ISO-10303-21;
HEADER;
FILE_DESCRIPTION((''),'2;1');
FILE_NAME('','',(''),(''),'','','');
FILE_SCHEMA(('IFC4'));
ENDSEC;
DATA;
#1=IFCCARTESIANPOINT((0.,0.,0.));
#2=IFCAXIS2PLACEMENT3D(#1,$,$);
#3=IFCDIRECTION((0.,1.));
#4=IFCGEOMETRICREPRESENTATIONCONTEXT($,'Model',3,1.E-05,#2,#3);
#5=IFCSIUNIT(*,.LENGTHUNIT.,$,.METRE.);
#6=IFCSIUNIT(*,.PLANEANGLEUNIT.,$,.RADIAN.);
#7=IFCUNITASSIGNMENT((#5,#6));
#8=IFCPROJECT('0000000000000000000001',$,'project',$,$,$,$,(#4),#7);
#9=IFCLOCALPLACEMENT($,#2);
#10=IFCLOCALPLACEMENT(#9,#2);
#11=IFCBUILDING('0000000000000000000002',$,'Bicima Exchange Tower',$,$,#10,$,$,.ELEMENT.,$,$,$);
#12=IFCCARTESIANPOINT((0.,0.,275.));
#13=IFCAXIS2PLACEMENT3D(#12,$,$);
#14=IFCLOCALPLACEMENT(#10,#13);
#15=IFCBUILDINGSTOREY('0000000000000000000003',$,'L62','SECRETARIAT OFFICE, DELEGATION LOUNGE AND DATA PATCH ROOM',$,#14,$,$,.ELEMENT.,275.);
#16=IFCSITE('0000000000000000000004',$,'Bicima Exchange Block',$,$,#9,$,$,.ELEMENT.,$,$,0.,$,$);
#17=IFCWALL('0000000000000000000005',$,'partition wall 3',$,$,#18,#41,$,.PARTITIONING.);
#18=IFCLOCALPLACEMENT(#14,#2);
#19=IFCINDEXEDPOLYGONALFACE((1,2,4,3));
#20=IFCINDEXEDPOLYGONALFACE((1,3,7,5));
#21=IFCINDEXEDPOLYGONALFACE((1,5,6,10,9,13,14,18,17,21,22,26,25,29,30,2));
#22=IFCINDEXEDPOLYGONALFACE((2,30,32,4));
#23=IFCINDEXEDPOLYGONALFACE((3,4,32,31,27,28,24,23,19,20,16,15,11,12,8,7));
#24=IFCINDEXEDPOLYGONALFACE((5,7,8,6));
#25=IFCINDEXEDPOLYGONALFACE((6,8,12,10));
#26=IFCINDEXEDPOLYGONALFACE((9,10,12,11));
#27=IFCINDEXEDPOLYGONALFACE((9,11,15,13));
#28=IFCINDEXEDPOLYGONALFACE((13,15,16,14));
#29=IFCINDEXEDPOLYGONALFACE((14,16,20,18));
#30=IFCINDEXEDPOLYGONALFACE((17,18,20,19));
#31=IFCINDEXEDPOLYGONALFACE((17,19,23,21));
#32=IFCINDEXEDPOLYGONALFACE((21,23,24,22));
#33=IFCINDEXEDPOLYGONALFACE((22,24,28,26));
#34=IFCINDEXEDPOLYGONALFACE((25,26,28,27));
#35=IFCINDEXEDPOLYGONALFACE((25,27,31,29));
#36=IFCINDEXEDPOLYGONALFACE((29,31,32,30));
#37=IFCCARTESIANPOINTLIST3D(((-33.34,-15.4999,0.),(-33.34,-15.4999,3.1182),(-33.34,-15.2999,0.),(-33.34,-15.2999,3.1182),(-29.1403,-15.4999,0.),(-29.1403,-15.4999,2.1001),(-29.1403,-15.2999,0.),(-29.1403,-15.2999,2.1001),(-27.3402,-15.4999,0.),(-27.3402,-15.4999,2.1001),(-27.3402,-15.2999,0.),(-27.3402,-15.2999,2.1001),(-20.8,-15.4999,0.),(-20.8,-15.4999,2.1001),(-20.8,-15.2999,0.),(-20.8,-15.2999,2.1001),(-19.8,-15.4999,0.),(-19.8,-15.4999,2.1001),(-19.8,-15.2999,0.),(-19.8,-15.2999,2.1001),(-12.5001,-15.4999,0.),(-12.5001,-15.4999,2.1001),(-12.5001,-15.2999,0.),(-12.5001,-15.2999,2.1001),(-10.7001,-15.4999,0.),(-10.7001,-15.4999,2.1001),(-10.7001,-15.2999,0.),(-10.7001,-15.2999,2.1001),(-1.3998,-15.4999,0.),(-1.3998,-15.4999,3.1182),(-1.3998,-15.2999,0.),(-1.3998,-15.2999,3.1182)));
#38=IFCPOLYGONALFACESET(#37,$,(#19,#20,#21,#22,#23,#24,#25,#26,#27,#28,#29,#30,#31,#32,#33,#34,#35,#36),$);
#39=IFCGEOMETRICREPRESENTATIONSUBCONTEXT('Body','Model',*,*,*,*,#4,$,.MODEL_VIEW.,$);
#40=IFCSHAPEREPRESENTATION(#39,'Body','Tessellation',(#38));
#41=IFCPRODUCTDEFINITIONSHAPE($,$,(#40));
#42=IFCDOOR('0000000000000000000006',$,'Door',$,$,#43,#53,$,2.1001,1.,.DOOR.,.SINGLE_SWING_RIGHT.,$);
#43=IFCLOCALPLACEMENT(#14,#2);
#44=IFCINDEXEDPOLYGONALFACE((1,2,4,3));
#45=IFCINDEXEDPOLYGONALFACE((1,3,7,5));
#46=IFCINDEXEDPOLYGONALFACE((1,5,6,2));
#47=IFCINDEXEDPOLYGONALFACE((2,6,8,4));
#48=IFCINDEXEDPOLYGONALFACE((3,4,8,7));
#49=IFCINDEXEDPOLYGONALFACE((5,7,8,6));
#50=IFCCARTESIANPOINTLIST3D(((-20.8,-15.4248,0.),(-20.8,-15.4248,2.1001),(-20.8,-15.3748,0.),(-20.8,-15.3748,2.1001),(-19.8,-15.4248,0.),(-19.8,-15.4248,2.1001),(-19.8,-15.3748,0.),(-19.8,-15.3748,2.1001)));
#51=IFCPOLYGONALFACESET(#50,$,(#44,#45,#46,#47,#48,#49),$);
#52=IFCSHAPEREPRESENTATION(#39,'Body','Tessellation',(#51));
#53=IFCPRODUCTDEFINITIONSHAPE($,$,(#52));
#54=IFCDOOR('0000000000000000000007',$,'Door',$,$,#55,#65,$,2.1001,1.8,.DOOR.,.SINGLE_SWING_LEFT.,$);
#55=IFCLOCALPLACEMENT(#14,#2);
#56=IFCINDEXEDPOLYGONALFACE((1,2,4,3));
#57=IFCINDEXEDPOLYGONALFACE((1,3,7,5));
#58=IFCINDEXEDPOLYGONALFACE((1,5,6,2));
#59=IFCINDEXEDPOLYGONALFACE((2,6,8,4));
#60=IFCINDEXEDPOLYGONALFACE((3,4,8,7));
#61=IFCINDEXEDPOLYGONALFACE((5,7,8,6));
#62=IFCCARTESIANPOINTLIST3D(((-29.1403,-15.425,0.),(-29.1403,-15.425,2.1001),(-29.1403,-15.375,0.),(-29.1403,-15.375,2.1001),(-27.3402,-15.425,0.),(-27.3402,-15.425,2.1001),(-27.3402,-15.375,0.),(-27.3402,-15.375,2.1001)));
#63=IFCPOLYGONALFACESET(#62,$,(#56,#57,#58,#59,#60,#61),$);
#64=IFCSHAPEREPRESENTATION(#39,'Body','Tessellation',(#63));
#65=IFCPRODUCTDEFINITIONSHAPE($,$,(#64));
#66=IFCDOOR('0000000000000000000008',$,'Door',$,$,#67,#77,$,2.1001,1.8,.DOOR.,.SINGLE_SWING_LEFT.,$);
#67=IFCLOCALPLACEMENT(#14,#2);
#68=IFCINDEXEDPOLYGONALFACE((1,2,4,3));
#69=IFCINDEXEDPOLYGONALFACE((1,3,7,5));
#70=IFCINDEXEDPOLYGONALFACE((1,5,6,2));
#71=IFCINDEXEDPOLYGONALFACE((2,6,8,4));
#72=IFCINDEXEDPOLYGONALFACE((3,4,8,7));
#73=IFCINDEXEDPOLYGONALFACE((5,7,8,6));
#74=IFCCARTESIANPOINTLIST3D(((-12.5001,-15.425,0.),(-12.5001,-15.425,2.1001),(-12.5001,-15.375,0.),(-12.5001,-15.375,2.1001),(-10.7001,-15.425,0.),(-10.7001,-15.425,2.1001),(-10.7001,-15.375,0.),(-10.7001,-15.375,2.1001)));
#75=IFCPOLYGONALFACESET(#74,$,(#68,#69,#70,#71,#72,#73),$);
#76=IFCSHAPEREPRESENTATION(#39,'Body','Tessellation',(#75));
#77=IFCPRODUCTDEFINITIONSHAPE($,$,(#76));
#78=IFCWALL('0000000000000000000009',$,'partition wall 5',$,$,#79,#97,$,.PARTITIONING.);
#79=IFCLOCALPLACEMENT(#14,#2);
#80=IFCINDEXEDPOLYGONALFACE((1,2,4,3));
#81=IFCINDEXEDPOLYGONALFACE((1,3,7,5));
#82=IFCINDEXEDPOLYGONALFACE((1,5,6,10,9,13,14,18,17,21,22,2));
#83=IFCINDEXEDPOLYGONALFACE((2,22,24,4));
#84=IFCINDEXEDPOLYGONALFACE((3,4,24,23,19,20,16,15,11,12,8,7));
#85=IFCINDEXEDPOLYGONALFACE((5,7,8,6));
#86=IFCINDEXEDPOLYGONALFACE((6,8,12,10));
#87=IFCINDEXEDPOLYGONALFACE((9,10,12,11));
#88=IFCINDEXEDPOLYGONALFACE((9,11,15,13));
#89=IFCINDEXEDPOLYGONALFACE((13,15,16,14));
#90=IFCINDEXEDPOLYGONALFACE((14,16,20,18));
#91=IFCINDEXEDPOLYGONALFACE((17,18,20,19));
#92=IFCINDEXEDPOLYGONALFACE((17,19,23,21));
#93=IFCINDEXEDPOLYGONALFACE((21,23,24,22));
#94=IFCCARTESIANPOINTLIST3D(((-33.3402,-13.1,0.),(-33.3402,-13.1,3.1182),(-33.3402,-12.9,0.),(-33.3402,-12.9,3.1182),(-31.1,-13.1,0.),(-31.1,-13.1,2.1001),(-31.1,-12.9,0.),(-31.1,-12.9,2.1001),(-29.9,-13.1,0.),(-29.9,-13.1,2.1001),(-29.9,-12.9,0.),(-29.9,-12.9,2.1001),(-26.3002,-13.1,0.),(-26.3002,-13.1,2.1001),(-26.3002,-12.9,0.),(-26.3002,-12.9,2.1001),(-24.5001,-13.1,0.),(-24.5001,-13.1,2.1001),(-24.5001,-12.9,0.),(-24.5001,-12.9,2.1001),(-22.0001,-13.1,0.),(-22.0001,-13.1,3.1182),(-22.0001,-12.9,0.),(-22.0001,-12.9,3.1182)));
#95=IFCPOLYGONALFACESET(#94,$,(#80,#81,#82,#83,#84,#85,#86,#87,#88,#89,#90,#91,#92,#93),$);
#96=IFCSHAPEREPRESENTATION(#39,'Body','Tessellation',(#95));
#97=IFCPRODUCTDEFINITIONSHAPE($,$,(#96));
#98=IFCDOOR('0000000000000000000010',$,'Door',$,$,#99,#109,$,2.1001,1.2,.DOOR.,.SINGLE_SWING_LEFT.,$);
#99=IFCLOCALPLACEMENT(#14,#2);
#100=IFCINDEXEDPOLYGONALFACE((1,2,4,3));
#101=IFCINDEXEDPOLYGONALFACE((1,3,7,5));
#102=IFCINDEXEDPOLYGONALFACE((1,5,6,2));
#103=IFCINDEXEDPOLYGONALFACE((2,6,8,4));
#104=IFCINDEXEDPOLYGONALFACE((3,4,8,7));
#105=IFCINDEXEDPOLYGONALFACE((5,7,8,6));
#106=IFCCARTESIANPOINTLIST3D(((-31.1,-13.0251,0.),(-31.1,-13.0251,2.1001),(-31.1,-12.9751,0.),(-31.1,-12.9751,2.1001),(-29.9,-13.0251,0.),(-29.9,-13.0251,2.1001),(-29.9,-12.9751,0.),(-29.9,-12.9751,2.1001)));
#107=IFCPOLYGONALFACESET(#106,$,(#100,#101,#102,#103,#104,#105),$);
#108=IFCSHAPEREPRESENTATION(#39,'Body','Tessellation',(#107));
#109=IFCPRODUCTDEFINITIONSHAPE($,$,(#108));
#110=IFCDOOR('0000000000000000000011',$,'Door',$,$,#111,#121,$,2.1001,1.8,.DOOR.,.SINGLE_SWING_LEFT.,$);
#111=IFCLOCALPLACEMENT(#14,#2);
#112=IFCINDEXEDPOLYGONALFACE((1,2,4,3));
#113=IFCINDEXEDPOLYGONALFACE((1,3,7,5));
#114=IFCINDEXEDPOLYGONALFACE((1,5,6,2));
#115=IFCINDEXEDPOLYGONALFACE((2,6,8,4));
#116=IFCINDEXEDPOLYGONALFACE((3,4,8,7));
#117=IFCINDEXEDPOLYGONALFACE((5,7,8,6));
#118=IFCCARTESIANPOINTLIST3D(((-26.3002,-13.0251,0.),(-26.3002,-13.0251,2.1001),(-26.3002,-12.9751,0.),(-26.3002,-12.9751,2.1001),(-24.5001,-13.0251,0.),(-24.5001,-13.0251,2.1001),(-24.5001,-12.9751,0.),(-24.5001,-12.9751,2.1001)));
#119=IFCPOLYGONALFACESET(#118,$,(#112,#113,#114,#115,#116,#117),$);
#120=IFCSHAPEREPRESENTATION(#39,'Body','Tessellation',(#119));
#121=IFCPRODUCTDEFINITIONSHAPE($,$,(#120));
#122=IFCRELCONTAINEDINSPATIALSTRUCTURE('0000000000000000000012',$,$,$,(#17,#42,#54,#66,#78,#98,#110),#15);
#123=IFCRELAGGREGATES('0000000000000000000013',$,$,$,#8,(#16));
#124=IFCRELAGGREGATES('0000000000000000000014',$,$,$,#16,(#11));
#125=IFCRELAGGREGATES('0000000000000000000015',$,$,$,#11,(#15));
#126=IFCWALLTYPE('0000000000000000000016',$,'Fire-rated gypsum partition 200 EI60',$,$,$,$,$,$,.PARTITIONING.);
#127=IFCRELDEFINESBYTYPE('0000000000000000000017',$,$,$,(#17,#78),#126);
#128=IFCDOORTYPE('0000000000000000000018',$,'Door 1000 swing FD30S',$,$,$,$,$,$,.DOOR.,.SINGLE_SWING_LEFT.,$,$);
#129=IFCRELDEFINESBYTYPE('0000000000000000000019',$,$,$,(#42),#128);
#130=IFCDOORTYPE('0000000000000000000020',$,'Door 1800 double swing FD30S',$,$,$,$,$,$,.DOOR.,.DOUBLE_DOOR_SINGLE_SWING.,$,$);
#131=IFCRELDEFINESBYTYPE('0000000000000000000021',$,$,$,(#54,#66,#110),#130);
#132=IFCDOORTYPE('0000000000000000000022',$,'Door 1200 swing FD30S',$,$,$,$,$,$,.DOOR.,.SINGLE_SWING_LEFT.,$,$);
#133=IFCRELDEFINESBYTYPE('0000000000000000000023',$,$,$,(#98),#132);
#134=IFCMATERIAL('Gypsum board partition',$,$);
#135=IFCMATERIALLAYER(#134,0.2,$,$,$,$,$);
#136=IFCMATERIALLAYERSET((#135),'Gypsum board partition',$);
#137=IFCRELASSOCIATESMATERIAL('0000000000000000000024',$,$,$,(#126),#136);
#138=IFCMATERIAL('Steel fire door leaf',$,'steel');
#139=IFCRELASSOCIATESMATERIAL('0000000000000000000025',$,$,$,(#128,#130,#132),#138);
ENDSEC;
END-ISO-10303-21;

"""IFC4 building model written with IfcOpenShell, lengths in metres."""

from ifc_helpers import new_model, si_unit, direction, frame, frame_2d, origin, place, context, subcontext, project, spatial, rectangle, extrude, material, layer, layer_set, type_object, element, fill, save


model = new_model("IFC4")

# Units and contexts
model_context = context("Model", 3, precision=1e-05, world=origin(), true_north=direction((0.0, 1.0)))
body_context = subcontext(model_context, "Body", "Model", "MODEL_VIEW")
ifc_project = project(units=[si_unit("LENGTHUNIT", "METRE"), si_unit("PLANEANGLEUNIT", "RADIAN")], contexts=[model_context])

# Site, building, storey
site_placement = place(None, origin())
site = spatial("IfcSite", under=ifc_project, at=site_placement, Name="Bicima Exchange Block", CompositionType="ELEMENT", RefElevation=0.0)
building_placement = place(site_placement, origin())
building = spatial("IfcBuilding", under=site, at=building_placement, Name="Bicima Exchange Tower", CompositionType="ELEMENT")
storey_placement = place(building_placement, frame((0.0, 0.0, 275.0)))
storey = spatial("IfcBuildingStorey", under=building, at=storey_placement, Name="L62", Description="SECRETARIAT OFFICE, DELEGATION LOUNGE AND DATA PATCH ROOM", CompositionType="ELEMENT", Elevation=275.0)

# Walls, openings, doors
ifc_material_1 = material(Name="Gypsum board partition")
ifc_layer_1 = layer(ifc_material_1, 0.2)
ifc_layer_set_1 = layer_set([ifc_layer_1], Name="Gypsum board partition")
wall_type = type_object("IfcWallType", Name="Fire-rated gypsum partition 200 EI60", PredefinedType="PARTITIONING", material=ifc_layer_set_1)
wall_1_placement = place(storey_placement, frame((-33.3401, -15.3999, 0.0), z_axis=(0.0, 0.0, 1.0), x_axis=(1.0, 0.0, 0.0)))
wall_1 = element("IfcWall", 1, at=wall_1_placement, inside=storey, type_object=wall_type, Name="partition wall 3", PredefinedType="PARTITIONING", context=body_context, shape_type="SweptSolid", body=[
    extrude(rectangle(XDim=31.9402, YDim=0.2, at=frame_2d((15.9702, 0.0))), origin(), (0.0, 0.0, 1.0), 3.1182),
])
opening_1_placement = place(wall_1_placement, frame((4.2, 0.0, 0.0)))
opening_1 = element("IfcOpeningElement", 2, at=opening_1_placement, cuts=wall_1, PredefinedType="OPENING", context=body_context, shape_type="SweptSolid", body=[
    extrude(rectangle(XDim=1.8, YDim=2.1001, at=frame_2d((0.8999, 1.05))), frame((0.0, 0.1118, 0.0), z_axis=(0.0, -1.0, 0.0), x_axis=(1.0, 0.0, 0.0)), (0.0, 0.0, 1.0), 0.2239),
])
opening_2_placement = place(wall_1_placement, frame((12.54, 0.0, 0.0)))
opening_2 = element("IfcOpeningElement", 3, at=opening_2_placement, cuts=wall_1, PredefinedType="OPENING", context=body_context, shape_type="SweptSolid", body=[
    extrude(rectangle(XDim=1.0, YDim=2.1001, at=frame_2d((0.5, 1.05))), frame((0.0, 0.1118, 0.0), z_axis=(0.0, -1.0, 0.0), x_axis=(1.0, 0.0, 0.0)), (0.0, 0.0, 1.0), 0.2239),
])
opening_3_placement = place(wall_1_placement, frame((20.8401, 0.0, 0.0)))
opening_3 = element("IfcOpeningElement", 4, at=opening_3_placement, cuts=wall_1, PredefinedType="OPENING", context=body_context, shape_type="SweptSolid", body=[
    extrude(rectangle(XDim=1.8, YDim=2.1001, at=frame_2d((0.8999, 1.05))), frame((0.0, 0.1118, 0.0), z_axis=(0.0, -1.0, 0.0), x_axis=(1.0, 0.0, 0.0)), (0.0, 0.0, 1.0), 0.2239),
])
ifc_material_2 = material(Name="Steel fire door leaf", Category="steel")
door_type_1 = type_object("IfcDoorType", Name="Door 1000 swing FD30S", OperationType="SINGLE_SWING_LEFT", PredefinedType="DOOR", material=ifc_material_2)
door_1_placement = place(opening_2_placement, frame((1.0, 0.0, 0.0), z_axis=(0.0, 0.0, 1.0), x_axis=(-1.0, 0.0, 0.0)))
door_1 = element("IfcDoor", 5, at=door_1_placement, inside=storey, type_object=door_type_1, Name="Door", OperationType="SINGLE_SWING_RIGHT", OverallHeight=2.1001, OverallWidth=1.0, PredefinedType="DOOR", context=body_context, shape_type="SweptSolid", body=[
    extrude(rectangle(XDim=1.0, YDim=2.1001, at=frame_2d((0.5, 1.05))), frame((0.0, 0.0249, 0.0), z_axis=(0.0, -1.0, 0.0), x_axis=(1.0, 0.0, 0.0)), (0.0, 0.0, 1.0), 0.05),
])
fill(opening_2, door_1)
door_type_2 = type_object("IfcDoorType", Name="Door 1800 double swing FD30S", OperationType="DOUBLE_DOOR_SINGLE_SWING", PredefinedType="DOOR", material=ifc_material_2)
door_2_placement = place(opening_1_placement, origin())
door_2 = element("IfcDoor", 6, at=door_2_placement, inside=storey, type_object=door_type_2, Name="Door", OperationType="SINGLE_SWING_LEFT", OverallHeight=2.1001, OverallWidth=1.8, PredefinedType="DOOR", context=body_context, shape_type="SweptSolid", body=[
    extrude(rectangle(XDim=1.8, YDim=2.1001, at=frame_2d((0.8999, 1.05))), frame((0.0, 0.0249, 0.0), z_axis=(0.0, -1.0, 0.0), x_axis=(1.0, 0.0, 0.0)), (0.0, 0.0, 1.0), 0.05),
])
fill(opening_1, door_2)
door_3_placement = place(opening_3_placement, origin())
door_3 = element("IfcDoor", 7, at=door_3_placement, inside=storey, type_object=door_type_2, Name="Door", OperationType="SINGLE_SWING_LEFT", OverallHeight=2.1001, OverallWidth=1.8, PredefinedType="DOOR", context=body_context, shape_type="SweptSolid", body=[
    extrude(rectangle(XDim=1.8, YDim=2.1001, at=frame_2d((0.8999, 1.05))), frame((0.0, 0.0249, 0.0), z_axis=(0.0, -1.0, 0.0), x_axis=(1.0, 0.0, 0.0)), (0.0, 0.0, 1.0), 0.05),
])
fill(opening_3, door_3)
wall_2_placement = place(storey_placement, frame((-33.3401, -13.0, 0.0), z_axis=(0.0, 0.0, 1.0), x_axis=(1.0, 0.0, 0.0)))
wall_2 = element("IfcWall", 8, at=wall_2_placement, inside=storey, type_object=wall_type, Name="partition wall 5", PredefinedType="PARTITIONING", context=body_context, shape_type="SweptSolid", body=[
    extrude(rectangle(XDim=11.3401, YDim=0.2, at=frame_2d((5.6699, 0.0))), origin(), (0.0, 0.0, 1.0), 3.1182),
])
opening_4_placement = place(wall_2_placement, frame((2.24, 0.0, 0.0)))
opening_4 = element("IfcOpeningElement", 9, at=opening_4_placement, cuts=wall_2, PredefinedType="OPENING", context=body_context, shape_type="SweptSolid", body=[
    extrude(rectangle(XDim=1.2, YDim=2.1001, at=frame_2d((0.6001, 1.05))), frame((0.0, 0.1118, 0.0), z_axis=(0.0, -1.0, 0.0), x_axis=(1.0, 0.0, 0.0)), (0.0, 0.0, 1.0), 0.2239),
])
opening_5_placement = place(wall_2_placement, frame((7.04, 0.0, 0.0)))
opening_5 = element("IfcOpeningElement", 10, at=opening_5_placement, cuts=wall_2, PredefinedType="OPENING", context=body_context, shape_type="SweptSolid", body=[
    extrude(rectangle(XDim=1.8, YDim=2.1001, at=frame_2d((0.8999, 1.05))), frame((0.0, 0.1118, 0.0), z_axis=(0.0, -1.0, 0.0), x_axis=(1.0, 0.0, 0.0)), (0.0, 0.0, 1.0), 0.2239),
])
door_type_3 = type_object("IfcDoorType", Name="Door 1200 swing FD30S", OperationType="SINGLE_SWING_LEFT", PredefinedType="DOOR", material=ifc_material_2)
door_4_placement = place(opening_4_placement, origin())
door_4 = element("IfcDoor", 11, at=door_4_placement, inside=storey, type_object=door_type_3, Name="Door", OperationType="SINGLE_SWING_LEFT", OverallHeight=2.1001, OverallWidth=1.2, PredefinedType="DOOR", context=body_context, shape_type="SweptSolid", body=[
    extrude(rectangle(XDim=1.2, YDim=2.1001, at=frame_2d((0.6001, 1.05))), frame((0.0, 0.0249, 0.0), z_axis=(0.0, -1.0, 0.0), x_axis=(1.0, 0.0, 0.0)), (0.0, 0.0, 1.0), 0.05),
])
fill(opening_4, door_4)
door_5_placement = place(opening_5_placement, origin())
door_5 = element("IfcDoor", 12, at=door_5_placement, inside=storey, type_object=door_type_2, Name="Door", OperationType="SINGLE_SWING_LEFT", OverallHeight=2.1001, OverallWidth=1.8, PredefinedType="DOOR", context=body_context, shape_type="SweptSolid", body=[
    extrude(rectangle(XDim=1.8, YDim=2.1001, at=frame_2d((0.8999, 1.05))), frame((0.0, 0.0249, 0.0), z_axis=(0.0, -1.0, 0.0), x_axis=(1.0, 0.0, 0.0)), (0.0, 0.0, 1.0), 0.05),
])
fill(opening_5, door_5)

save(model, "model.ifc")
